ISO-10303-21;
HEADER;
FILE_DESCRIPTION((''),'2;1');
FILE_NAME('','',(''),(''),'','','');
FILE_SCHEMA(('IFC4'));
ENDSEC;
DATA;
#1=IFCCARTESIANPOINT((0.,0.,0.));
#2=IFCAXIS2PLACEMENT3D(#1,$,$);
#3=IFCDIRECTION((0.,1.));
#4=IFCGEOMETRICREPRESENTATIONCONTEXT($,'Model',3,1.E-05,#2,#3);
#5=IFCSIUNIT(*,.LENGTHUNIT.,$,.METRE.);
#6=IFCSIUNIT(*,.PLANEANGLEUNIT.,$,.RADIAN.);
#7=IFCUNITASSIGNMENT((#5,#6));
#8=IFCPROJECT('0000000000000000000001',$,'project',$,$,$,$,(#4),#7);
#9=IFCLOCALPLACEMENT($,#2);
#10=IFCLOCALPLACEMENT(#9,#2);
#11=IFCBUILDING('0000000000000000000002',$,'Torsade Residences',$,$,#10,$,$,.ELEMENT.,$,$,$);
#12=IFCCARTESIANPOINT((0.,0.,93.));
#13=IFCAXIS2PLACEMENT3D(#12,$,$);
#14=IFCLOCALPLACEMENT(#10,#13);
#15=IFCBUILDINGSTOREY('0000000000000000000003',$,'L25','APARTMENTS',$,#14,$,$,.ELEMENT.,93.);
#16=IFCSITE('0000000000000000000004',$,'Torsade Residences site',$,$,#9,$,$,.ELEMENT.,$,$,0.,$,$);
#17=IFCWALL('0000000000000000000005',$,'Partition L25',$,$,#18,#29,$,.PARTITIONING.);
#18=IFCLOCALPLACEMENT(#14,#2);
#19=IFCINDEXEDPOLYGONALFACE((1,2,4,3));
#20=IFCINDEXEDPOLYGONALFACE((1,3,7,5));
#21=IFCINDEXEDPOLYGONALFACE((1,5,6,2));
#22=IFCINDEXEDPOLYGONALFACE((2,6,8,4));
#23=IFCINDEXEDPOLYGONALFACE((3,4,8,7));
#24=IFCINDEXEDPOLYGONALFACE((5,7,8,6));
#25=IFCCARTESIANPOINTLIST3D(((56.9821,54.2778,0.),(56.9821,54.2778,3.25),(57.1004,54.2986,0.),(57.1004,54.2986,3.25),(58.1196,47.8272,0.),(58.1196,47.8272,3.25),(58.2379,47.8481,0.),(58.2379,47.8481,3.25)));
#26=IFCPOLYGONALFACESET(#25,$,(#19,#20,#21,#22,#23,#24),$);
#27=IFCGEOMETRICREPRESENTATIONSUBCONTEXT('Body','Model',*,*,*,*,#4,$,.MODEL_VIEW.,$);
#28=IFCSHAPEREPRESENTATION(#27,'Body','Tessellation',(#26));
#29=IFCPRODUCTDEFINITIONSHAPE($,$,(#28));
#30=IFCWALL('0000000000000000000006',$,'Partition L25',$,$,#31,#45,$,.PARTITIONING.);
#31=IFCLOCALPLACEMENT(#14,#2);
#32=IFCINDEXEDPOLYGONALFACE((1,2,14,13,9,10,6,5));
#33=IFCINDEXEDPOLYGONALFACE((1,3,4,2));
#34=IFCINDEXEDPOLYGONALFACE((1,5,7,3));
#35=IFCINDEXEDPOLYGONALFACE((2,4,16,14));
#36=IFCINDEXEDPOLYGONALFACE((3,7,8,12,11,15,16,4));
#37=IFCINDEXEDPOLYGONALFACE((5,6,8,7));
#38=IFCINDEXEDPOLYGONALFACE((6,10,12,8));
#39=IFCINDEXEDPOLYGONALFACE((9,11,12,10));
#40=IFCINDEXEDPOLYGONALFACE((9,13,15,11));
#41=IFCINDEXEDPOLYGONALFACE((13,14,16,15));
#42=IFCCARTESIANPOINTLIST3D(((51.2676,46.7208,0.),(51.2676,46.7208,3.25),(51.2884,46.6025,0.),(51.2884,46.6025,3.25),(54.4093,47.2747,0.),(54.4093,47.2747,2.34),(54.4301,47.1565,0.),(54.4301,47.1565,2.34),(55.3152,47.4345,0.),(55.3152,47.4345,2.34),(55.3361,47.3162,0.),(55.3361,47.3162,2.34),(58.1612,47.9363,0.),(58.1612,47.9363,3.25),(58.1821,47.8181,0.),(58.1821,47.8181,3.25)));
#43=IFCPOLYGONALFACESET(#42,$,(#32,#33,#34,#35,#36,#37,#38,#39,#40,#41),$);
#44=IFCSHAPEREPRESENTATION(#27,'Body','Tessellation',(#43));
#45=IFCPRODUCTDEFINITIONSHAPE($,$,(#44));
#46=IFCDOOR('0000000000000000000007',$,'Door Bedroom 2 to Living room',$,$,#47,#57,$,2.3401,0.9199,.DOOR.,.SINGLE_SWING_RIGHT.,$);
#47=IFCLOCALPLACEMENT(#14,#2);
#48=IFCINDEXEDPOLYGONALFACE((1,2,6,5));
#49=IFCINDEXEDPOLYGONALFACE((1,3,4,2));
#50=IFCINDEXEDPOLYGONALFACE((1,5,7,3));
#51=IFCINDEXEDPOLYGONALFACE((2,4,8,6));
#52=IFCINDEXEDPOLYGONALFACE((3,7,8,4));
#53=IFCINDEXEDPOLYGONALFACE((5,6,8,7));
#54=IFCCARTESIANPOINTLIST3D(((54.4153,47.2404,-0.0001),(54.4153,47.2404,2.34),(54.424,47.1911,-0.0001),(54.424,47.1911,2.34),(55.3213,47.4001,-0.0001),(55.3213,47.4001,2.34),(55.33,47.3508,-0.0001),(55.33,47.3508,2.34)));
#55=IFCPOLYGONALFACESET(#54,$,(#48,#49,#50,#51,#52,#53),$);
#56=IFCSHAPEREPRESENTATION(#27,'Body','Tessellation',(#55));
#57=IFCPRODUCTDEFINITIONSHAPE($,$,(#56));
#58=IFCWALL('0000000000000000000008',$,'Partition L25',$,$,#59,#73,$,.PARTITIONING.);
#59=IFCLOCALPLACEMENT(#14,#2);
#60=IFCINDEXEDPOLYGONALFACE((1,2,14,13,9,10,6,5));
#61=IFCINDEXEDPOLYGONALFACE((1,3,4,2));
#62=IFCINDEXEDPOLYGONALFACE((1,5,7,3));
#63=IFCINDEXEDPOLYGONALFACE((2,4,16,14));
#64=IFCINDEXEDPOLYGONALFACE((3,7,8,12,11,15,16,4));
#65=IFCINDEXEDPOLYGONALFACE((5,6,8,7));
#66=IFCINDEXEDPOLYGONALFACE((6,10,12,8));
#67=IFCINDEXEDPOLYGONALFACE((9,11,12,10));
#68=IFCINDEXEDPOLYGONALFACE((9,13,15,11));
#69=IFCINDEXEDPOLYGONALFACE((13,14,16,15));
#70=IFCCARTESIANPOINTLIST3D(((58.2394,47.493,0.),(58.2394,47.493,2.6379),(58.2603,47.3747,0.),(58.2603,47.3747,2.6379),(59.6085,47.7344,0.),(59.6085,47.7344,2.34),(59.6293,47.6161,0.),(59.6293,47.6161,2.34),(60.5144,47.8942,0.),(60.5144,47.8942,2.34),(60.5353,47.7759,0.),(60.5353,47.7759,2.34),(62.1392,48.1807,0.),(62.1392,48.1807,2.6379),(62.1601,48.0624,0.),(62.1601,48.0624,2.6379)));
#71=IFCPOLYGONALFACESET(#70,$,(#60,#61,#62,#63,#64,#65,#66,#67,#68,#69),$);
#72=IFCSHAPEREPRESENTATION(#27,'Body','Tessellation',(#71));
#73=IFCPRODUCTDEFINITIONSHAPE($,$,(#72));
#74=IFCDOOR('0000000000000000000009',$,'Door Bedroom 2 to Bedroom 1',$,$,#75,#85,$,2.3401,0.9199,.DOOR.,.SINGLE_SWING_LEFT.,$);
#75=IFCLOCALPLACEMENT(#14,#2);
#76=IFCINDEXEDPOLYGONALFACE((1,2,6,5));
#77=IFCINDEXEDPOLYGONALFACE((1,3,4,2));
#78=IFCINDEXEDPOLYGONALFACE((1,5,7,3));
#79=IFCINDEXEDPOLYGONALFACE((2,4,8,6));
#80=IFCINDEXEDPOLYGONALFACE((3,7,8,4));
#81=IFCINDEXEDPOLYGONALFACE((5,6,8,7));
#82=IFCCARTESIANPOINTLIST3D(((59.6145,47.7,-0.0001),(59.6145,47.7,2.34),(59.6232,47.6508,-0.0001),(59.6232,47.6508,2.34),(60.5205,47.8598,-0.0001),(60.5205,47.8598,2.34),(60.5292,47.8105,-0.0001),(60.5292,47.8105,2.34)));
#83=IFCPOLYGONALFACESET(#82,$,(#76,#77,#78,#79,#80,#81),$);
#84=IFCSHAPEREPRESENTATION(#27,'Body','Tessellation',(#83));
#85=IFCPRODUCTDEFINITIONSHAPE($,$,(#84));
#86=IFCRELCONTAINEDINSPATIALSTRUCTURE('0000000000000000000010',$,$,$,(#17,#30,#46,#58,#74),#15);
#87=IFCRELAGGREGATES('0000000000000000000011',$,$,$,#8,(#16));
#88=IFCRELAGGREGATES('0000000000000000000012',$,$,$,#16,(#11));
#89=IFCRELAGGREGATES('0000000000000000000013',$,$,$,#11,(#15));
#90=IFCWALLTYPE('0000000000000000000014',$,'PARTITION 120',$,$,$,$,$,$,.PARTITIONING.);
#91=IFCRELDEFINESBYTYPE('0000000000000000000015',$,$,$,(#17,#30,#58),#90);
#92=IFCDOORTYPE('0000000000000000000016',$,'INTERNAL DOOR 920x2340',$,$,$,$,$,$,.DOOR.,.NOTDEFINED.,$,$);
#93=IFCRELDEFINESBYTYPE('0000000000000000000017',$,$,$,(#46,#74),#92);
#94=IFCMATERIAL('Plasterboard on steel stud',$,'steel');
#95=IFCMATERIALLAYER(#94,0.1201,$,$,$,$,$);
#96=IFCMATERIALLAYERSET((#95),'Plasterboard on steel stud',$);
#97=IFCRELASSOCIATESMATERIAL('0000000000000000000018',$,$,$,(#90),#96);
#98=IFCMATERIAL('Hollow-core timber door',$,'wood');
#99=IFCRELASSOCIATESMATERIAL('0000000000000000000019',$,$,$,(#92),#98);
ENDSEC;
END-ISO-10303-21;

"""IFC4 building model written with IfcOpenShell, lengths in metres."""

from ifc_helpers import new_model, si_unit, direction, frame, frame_2d, origin, place, context, subcontext, project, spatial, rectangle, extrude, material, layer, layer_set, type_object, element, fill, save


model = new_model("IFC4")

# Units and contexts
model_context = context("Model", 3, precision=1e-05, world=origin(), true_north=direction((0.0, 1.0)))
body_context = subcontext(model_context, "Body", "Model", "MODEL_VIEW")
ifc_project = project(units=[si_unit("LENGTHUNIT", "METRE"), si_unit("PLANEANGLEUNIT", "RADIAN")], contexts=[model_context])

# Site, building, storey
site_placement = place(None, origin())
site = spatial("IfcSite", under=ifc_project, at=site_placement, Name="Torsade Residences site", CompositionType="ELEMENT", RefElevation=0.0)
building_placement = place(site_placement, origin())
building = spatial("IfcBuilding", under=site, at=building_placement, Name="Torsade Residences", CompositionType="ELEMENT")
storey_placement = place(building_placement, frame((0.0, 0.0, 93.0)))
storey = spatial("IfcBuildingStorey", under=building, at=storey_placement, Name="L25", Description="APARTMENTS", CompositionType="ELEMENT", Elevation=93.0)

# Shared definitions
ifc_material_1 = material(Name="Plasterboard on steel stud", Category="steel")
ifc_layer_1 = layer(ifc_material_1, 0.1201)
ifc_layer_set_1 = layer_set([ifc_layer_1], Name="Plasterboard on steel stud")
wall_type = type_object("IfcWallType", Name="PARTITION 120", PredefinedType="PARTITIONING", material=ifc_layer_set_1)
ifc_material_2 = material(Name="Hollow-core timber door", Category="wood")
door_type_1 = type_object("IfcDoorType", Name="INTERNAL DOOR 920x2340", OperationType="NOTDEFINED", PredefinedType="DOOR", material=ifc_material_2)

# Wall
wall_1_placement = place(storey_placement, frame((57.0413, 54.2881, 0.0), z_axis=(0.0, 0.0, 1.0), x_axis=(0.173658, -0.984806, 0.0)))
element("IfcWall", 1, at=wall_1_placement, inside=storey, type_object=wall_type, Name="Partition L25", PredefinedType="PARTITIONING", context=body_context, shape_type="SweptSolid", body=[
    extrude(rectangle(XDim=6.55, YDim=0.1201, at=frame_2d((3.2749, 0.0))), origin(), (0.0, 0.0, 1.0), 3.25),
])

# Walls, openings, doors
wall_2_placement = place(storey_placement, frame((58.1716, 47.8772, 0.0), z_axis=(0.0, 0.0, 1.0), x_axis=(-0.984806, -0.173656, 0.0)))
wall_2 = element("IfcWall", 2, at=wall_2_placement, inside=storey, type_object=wall_type, Name="Partition L25", PredefinedType="PARTITIONING", context=body_context, shape_type="SweptSolid", body=[
    extrude(rectangle(XDim=7.0, YDim=0.1201, at=frame_2d((3.5, 0.0))), origin(), (0.0, 0.0, 1.0), 3.25),
])
opening_1_placement = place(wall_2_placement, frame((2.8899, 0.0, 0.0)))
opening_1 = element("IfcOpeningElement", 3, at=opening_1_placement, cuts=wall_2, PredefinedType="OPENING", context=body_context, shape_type="SweptSolid", body=[
    extrude(rectangle(XDim=0.9199, YDim=2.3401, at=frame_2d((0.46, 1.1699))), frame((0.0, 0.0701, 0.0), z_axis=(0.0, -1.0, 0.0), x_axis=(1.0, 0.0, 0.0)), (0.0, 0.0, 1.0), 0.1401),
])
door_1_placement = place(opening_1_placement, origin())
door_1 = element("IfcDoor", 4, at=door_1_placement, inside=storey, type_object=door_type_1, Name="Door Bedroom 2 to Living room", OperationType="SINGLE_SWING_RIGHT", OverallHeight=2.3401, OverallWidth=0.9199, PredefinedType="DOOR", context=body_context, shape_type="SweptSolid", body=[
    extrude(rectangle(XDim=0.9199, YDim=2.3401, at=frame_2d((0.46, 1.1699))), frame((0.0, 0.0249, 0.0), z_axis=(0.0, -1.0, 0.0), x_axis=(1.0, 0.0, 0.0)), (0.0, 0.0, 1.0), 0.05),
])
fill(opening_1, door_1)
wall_3_placement = place(storey_placement, frame((62.1497, 48.1216, 0.0), z_axis=(0.0, 0.0, 1.0), x_axis=(-0.984804, -0.173669, 0.0)))
wall_3 = element("IfcWall", 5, at=wall_3_placement, inside=storey, type_object=wall_type, Name="Partition L25", PredefinedType="PARTITIONING", context=body_context, shape_type="SweptSolid", body=[
    extrude(rectangle(XDim=3.96, YDim=0.1201, at=frame_2d((1.98, 0.0))), origin(), (0.0, 0.0, 1.0), 2.6379),
])
opening_2_placement = place(wall_3_placement, frame((1.6499, 0.0, 0.0)))
opening_2 = element("IfcOpeningElement", 6, at=opening_2_placement, cuts=wall_3, PredefinedType="OPENING", context=body_context, shape_type="SweptSolid", body=[
    extrude(rectangle(XDim=0.9199, YDim=2.3401, at=frame_2d((0.46, 1.1699))), frame((0.0, 0.0701, 0.0), z_axis=(0.0, -1.0, 0.0), x_axis=(1.0, 0.0, 0.0)), (0.0, 0.0, 1.0), 0.1401),
])
door_2_placement = place(opening_2_placement, origin())
door_2 = element("IfcDoor", 7, at=door_2_placement, inside=storey, type_object=door_type_1, Name="Door Bedroom 2 to Bedroom 1", OperationType="SINGLE_SWING_LEFT", OverallHeight=2.3401, OverallWidth=0.9199, PredefinedType="DOOR", context=body_context, shape_type="SweptSolid", body=[
    extrude(rectangle(XDim=0.9199, YDim=2.3401, at=frame_2d((0.46, 1.1699))), frame((0.0, 0.0249, 0.0), z_axis=(0.0, -1.0, 0.0), x_axis=(1.0, 0.0, 0.0)), (0.0, 0.0, 1.0), 0.05),
])
fill(opening_2, door_2)

save(model, "model.ifc")
